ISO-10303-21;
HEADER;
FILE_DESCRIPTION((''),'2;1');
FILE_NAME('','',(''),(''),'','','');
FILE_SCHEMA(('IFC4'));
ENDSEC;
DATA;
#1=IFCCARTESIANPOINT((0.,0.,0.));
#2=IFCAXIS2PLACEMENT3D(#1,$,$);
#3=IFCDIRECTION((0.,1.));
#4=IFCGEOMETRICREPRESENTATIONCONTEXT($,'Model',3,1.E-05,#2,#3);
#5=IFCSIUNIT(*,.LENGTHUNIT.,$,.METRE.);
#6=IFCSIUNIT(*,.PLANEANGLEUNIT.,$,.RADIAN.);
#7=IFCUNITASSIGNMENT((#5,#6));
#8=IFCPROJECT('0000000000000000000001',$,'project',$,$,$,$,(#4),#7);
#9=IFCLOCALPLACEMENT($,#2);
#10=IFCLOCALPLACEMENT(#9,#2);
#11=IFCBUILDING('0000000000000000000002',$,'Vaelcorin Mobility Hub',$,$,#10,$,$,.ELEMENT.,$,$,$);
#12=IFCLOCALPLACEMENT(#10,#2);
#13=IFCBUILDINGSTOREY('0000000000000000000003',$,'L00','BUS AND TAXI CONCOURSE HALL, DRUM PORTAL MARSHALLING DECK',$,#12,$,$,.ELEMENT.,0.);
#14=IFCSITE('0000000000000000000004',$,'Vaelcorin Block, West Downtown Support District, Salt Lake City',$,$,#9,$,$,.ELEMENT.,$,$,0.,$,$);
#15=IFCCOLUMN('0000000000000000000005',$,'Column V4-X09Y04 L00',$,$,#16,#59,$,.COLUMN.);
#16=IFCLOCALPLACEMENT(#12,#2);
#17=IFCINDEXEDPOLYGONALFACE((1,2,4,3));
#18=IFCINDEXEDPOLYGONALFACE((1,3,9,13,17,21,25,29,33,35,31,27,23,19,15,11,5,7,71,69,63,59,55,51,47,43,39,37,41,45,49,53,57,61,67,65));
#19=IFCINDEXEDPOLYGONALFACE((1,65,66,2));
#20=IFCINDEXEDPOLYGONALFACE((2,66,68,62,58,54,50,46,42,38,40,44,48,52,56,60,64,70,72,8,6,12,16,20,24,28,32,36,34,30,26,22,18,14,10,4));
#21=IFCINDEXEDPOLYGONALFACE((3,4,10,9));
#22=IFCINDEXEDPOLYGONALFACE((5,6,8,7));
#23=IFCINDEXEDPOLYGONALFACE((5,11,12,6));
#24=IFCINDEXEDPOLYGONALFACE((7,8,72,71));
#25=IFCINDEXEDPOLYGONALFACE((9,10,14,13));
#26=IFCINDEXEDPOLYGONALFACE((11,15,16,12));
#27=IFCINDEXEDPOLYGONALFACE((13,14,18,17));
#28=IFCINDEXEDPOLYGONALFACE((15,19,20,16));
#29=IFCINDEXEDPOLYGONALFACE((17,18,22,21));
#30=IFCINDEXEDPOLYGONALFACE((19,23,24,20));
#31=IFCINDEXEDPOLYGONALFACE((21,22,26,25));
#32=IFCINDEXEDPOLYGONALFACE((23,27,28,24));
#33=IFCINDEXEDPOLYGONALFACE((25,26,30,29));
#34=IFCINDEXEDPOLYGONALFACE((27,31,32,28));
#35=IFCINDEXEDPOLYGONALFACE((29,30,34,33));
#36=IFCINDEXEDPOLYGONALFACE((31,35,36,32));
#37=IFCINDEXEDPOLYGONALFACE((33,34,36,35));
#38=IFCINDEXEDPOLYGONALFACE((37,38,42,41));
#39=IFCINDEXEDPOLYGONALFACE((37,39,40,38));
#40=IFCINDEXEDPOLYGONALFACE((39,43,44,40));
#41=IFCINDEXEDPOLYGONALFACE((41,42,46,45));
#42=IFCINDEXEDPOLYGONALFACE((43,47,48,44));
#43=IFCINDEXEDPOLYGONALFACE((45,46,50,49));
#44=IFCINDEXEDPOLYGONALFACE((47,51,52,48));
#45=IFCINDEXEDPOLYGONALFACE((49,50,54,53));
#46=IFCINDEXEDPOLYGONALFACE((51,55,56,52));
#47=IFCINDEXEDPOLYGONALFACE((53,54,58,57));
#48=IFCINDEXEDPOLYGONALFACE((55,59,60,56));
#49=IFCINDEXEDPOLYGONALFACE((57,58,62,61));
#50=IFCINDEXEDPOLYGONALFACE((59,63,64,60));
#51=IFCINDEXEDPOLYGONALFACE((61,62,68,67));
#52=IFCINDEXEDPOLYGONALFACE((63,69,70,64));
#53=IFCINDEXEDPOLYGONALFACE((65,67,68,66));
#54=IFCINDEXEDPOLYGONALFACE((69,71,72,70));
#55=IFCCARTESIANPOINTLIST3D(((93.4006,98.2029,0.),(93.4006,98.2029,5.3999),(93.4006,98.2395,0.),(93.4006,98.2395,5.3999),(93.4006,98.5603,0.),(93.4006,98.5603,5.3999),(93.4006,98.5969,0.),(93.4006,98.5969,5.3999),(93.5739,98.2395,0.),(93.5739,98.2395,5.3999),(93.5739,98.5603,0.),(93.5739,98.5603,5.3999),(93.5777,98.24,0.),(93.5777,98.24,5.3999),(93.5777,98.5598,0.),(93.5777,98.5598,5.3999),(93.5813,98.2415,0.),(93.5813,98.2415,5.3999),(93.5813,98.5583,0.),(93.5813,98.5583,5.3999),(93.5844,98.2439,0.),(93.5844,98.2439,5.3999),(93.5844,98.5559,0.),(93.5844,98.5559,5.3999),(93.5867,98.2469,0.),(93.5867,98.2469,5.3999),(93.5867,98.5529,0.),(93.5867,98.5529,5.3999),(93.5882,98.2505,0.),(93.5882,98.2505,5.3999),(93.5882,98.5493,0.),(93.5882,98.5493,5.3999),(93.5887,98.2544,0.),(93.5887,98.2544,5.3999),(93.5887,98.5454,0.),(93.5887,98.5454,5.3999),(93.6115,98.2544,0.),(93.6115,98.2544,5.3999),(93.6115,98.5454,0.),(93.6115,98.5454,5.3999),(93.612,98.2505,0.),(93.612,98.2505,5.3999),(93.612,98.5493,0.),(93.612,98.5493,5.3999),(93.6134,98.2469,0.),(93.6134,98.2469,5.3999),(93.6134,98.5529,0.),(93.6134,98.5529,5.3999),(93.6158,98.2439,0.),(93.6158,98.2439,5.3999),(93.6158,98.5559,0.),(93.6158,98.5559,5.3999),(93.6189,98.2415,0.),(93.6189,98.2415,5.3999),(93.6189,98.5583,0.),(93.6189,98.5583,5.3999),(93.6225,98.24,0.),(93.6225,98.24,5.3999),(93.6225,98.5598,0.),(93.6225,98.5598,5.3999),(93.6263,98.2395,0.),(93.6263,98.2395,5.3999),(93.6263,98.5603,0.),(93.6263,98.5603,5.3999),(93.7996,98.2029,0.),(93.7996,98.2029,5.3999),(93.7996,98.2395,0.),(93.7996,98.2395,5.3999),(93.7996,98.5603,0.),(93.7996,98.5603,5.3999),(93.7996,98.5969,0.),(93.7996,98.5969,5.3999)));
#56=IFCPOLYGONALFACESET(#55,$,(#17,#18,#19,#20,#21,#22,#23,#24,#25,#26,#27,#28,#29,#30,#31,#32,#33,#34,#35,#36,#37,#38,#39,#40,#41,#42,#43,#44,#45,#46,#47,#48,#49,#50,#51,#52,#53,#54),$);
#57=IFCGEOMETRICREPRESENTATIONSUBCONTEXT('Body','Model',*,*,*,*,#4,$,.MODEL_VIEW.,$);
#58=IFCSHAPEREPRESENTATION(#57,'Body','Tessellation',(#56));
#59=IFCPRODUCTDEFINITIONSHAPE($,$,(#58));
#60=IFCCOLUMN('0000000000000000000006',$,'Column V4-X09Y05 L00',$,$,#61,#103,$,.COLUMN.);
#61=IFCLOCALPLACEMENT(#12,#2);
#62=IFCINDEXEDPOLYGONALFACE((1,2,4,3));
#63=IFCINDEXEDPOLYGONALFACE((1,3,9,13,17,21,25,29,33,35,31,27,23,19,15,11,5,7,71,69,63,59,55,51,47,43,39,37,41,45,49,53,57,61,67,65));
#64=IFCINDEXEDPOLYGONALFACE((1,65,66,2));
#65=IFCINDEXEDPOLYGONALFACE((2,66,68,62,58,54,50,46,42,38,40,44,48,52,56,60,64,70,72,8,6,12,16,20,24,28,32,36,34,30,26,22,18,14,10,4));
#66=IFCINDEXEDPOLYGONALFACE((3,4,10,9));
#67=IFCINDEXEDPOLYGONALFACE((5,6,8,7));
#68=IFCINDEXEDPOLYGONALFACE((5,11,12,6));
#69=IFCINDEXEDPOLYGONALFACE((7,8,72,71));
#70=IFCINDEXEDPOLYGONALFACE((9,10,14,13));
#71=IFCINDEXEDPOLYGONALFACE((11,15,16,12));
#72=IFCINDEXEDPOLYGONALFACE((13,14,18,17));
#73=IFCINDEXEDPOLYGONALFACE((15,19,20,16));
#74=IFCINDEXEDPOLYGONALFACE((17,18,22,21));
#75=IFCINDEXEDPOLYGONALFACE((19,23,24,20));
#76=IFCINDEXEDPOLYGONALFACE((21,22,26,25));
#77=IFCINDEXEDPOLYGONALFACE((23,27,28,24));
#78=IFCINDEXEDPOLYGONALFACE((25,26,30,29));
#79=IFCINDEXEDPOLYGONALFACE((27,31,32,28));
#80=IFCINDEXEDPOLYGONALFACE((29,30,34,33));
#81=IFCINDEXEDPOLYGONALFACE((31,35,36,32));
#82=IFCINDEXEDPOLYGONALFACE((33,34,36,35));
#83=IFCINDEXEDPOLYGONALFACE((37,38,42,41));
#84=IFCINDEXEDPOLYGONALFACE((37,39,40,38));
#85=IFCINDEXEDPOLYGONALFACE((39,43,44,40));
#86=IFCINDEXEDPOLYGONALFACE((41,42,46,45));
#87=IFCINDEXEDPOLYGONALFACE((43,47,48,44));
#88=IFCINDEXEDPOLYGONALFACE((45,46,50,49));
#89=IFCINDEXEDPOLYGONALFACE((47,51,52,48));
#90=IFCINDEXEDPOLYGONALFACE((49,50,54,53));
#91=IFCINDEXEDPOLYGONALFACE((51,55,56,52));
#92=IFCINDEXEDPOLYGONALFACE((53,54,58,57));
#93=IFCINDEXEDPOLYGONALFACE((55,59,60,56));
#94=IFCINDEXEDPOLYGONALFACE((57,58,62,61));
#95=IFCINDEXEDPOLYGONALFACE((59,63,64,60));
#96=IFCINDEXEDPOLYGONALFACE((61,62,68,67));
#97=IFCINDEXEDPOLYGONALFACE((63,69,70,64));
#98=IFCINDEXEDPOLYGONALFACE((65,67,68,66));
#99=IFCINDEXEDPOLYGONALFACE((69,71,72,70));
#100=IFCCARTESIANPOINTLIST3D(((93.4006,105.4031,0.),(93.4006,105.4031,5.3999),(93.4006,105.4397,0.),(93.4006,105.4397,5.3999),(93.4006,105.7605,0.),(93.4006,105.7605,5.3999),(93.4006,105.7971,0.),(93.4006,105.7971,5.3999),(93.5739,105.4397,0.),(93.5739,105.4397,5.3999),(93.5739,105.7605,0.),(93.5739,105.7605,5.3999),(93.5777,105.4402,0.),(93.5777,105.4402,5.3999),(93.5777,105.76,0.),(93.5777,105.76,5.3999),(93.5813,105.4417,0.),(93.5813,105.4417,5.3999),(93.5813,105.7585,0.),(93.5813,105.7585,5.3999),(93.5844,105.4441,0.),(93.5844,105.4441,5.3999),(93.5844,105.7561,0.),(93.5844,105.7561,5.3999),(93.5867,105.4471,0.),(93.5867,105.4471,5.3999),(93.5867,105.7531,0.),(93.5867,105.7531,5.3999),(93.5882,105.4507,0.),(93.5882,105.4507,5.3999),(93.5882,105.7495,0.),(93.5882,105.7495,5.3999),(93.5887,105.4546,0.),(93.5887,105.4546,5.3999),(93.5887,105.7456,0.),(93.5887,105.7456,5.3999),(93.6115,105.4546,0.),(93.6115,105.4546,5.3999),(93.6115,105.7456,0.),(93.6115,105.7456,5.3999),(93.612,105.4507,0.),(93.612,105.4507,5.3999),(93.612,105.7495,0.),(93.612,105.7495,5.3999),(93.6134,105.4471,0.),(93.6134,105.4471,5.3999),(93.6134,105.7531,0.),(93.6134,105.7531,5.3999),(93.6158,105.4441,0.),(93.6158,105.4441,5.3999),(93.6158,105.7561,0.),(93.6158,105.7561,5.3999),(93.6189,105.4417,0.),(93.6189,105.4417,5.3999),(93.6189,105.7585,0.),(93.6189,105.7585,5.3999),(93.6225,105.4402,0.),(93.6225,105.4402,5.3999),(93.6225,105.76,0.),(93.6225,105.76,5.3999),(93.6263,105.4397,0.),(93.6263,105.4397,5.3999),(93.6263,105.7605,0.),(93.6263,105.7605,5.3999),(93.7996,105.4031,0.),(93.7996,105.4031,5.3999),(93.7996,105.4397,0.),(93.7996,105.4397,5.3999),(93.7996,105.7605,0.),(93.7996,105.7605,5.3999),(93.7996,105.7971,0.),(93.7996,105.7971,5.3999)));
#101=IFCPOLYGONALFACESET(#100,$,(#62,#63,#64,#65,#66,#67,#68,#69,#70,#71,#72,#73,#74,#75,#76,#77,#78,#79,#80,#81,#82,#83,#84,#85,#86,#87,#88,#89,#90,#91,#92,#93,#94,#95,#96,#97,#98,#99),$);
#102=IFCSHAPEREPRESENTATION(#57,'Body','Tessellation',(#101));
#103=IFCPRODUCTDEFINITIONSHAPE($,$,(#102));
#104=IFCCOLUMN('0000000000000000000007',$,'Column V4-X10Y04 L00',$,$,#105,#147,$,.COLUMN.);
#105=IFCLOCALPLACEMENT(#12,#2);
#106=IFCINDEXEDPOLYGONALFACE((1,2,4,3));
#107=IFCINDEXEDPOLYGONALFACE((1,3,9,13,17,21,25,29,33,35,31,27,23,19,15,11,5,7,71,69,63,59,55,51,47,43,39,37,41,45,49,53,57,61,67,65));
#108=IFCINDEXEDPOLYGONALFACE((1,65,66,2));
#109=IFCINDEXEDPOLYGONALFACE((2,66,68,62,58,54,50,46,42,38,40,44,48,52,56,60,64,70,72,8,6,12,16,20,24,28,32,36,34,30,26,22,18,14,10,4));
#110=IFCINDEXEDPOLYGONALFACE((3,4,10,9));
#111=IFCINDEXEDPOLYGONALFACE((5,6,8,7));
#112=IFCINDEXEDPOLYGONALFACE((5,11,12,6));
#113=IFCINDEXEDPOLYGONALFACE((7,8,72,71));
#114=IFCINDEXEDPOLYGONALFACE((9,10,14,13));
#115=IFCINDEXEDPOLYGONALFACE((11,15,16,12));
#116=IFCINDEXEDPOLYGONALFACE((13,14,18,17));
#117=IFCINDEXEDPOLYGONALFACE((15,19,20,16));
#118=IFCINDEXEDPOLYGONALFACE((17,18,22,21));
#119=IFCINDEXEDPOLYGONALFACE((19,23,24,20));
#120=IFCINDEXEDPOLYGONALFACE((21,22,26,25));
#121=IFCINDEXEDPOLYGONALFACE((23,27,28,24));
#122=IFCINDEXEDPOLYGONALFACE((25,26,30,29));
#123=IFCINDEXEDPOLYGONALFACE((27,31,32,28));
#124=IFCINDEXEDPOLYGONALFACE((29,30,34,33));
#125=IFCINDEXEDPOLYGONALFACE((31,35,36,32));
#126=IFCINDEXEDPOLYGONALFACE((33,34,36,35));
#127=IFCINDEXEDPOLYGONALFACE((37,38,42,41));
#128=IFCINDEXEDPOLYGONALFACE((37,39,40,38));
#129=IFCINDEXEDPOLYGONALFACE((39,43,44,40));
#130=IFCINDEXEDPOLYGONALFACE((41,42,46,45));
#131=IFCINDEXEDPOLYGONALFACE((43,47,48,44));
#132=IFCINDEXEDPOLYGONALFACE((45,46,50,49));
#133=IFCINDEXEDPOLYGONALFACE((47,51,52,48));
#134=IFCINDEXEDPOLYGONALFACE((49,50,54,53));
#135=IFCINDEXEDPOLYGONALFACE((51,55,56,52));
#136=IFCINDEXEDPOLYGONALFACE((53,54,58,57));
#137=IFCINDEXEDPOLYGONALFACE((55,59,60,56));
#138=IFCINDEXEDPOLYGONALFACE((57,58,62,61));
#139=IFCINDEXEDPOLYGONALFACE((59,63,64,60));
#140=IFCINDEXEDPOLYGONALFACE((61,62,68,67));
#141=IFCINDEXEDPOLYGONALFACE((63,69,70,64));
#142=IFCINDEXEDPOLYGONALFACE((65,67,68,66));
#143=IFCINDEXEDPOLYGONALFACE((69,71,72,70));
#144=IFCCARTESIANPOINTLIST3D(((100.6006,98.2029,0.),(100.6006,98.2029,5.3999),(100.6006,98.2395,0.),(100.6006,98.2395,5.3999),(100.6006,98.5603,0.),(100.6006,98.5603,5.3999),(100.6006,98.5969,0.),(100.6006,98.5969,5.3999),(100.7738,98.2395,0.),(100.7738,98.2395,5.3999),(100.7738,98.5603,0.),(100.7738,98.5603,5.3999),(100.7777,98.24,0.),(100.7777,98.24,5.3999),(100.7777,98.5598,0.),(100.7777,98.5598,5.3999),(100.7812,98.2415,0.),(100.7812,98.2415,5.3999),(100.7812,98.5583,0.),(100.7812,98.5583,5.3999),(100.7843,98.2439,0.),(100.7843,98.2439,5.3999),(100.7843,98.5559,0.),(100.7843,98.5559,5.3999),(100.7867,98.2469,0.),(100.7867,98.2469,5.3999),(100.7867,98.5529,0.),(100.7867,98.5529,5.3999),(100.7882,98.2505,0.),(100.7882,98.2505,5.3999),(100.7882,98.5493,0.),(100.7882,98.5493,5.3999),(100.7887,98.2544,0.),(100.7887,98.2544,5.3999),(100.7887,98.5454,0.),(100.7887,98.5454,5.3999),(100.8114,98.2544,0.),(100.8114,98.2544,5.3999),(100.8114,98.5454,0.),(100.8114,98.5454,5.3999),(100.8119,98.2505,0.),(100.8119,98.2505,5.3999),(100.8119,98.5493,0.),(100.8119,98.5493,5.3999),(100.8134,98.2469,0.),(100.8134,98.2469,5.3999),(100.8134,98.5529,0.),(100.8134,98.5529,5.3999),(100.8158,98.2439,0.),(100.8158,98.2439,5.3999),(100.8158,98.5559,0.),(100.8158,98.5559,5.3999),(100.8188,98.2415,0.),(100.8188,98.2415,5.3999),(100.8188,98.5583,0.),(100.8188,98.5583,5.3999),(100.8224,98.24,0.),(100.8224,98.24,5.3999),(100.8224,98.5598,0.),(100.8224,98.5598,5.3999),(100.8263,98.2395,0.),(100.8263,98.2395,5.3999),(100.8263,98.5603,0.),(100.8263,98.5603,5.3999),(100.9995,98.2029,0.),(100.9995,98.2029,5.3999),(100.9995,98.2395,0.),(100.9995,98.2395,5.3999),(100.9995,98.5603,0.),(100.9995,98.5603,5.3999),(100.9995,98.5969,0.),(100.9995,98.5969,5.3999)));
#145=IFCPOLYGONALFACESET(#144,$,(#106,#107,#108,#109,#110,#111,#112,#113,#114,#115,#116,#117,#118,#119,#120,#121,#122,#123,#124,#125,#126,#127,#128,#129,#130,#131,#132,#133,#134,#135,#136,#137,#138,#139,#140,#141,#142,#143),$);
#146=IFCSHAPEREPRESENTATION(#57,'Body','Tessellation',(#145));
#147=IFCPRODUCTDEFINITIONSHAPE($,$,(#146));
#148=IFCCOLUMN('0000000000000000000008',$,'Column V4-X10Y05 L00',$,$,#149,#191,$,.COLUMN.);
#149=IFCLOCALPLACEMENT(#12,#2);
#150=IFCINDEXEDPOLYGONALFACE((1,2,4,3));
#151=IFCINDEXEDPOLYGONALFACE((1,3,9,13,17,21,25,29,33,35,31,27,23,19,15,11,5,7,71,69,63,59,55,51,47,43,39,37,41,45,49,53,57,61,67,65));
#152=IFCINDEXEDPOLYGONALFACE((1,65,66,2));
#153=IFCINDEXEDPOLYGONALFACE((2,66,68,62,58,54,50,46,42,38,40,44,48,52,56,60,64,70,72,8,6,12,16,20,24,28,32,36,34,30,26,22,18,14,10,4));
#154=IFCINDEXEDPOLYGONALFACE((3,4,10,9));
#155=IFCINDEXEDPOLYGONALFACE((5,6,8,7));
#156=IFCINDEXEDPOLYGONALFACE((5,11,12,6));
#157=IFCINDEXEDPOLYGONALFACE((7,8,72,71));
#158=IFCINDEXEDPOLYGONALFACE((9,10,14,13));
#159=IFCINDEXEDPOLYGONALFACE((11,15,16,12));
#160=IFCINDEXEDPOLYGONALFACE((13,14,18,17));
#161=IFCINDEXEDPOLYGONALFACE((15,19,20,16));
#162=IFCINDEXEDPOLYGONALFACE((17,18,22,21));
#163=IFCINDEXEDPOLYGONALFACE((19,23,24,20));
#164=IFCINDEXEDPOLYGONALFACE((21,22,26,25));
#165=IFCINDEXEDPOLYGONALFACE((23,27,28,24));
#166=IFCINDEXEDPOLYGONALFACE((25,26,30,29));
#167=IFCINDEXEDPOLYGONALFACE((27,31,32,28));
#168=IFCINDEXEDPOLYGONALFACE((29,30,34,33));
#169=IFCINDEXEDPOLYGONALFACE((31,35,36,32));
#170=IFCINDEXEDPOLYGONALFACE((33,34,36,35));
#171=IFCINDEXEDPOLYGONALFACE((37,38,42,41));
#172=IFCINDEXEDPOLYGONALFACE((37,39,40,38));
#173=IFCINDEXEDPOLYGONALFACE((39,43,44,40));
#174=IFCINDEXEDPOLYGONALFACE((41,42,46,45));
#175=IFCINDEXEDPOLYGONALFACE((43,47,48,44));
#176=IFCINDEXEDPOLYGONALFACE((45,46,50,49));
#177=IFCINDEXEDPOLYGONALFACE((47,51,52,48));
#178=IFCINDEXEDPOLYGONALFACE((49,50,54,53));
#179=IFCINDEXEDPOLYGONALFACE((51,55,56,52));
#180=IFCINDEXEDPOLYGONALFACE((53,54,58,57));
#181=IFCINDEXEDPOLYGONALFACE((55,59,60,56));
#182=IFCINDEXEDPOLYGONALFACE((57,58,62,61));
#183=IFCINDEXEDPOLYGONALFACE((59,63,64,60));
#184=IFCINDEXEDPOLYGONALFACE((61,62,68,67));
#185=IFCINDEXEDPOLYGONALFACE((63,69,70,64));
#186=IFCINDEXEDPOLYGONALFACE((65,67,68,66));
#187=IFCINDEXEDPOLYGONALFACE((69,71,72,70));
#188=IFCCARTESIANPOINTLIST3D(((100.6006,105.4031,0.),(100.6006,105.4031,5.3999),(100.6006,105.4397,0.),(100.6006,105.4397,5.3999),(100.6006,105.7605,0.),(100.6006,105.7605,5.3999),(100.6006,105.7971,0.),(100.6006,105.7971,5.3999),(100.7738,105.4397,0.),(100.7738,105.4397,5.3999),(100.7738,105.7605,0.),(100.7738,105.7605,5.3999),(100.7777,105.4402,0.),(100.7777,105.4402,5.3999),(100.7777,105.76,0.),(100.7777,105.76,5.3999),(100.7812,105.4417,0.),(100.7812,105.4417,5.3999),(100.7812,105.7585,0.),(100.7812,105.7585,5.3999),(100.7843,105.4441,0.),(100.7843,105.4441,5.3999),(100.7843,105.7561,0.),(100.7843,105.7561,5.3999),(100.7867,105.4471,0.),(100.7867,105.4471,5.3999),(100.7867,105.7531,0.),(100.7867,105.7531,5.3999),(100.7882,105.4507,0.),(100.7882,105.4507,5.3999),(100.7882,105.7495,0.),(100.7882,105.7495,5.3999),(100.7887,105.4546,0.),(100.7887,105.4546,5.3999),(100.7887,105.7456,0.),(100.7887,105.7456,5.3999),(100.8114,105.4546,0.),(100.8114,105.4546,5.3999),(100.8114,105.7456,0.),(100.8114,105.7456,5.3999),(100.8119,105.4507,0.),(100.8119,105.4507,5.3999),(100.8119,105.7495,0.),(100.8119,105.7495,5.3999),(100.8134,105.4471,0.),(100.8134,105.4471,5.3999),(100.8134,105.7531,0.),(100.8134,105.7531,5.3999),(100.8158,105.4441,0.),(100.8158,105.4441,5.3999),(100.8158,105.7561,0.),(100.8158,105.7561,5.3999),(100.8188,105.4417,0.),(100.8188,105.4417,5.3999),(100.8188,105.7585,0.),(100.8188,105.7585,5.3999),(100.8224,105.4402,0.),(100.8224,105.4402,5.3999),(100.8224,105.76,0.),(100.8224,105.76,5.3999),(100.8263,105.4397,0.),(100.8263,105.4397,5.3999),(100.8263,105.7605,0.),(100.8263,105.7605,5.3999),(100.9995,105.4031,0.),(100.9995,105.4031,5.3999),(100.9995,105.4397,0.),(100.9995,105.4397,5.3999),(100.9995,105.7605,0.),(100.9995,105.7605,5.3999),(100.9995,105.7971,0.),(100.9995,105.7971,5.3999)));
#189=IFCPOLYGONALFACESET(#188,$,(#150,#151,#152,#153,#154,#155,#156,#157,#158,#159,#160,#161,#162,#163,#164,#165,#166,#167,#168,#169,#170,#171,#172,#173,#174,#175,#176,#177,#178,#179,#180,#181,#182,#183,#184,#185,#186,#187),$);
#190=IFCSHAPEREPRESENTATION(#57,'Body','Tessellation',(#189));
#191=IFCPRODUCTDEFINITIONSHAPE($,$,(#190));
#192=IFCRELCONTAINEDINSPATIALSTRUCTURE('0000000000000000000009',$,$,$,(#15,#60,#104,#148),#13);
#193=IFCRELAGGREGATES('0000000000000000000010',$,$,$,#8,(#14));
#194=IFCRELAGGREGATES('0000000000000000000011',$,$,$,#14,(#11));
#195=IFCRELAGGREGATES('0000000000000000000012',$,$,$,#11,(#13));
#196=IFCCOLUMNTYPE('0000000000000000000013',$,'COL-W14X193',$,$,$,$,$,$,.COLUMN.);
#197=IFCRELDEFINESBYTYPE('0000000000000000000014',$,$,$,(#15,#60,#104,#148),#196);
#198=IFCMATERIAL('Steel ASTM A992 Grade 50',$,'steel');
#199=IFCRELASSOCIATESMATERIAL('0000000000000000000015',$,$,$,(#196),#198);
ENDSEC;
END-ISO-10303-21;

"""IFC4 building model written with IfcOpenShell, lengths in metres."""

from ifc_helpers import new_model, si_unit, direction, frame, origin, origin_2d, place, context, subcontext, project, spatial, i_section, extrude, material, material_profile, profile_set, type_object, element, save


model = new_model("IFC4")

# Units and contexts
model_context = context("Model", 3, precision=1e-05, world=origin(), true_north=direction((0.0, 1.0)))
body_context = subcontext(model_context, "Body", "Model", "MODEL_VIEW")
ifc_project = project(units=[si_unit("LENGTHUNIT", "METRE"), si_unit("PLANEANGLEUNIT", "RADIAN")], contexts=[model_context])

# Site, building, storey
site_placement = place(None, origin())
site = spatial("IfcSite", under=ifc_project, at=site_placement, Name="Vaelcorin Block, West Downtown Support District, Salt Lake City", CompositionType="ELEMENT", RefElevation=0.0)
building_placement = place(site_placement, origin())
building = spatial("IfcBuilding", under=site, at=building_placement, Name="Vaelcorin Mobility Hub", CompositionType="ELEMENT")
storey_placement = place(building_placement, origin())
storey = spatial("IfcBuildingStorey", under=building, at=storey_placement, Name="L00", Description="BUS AND TAXI CONCOURSE HALL, DRUM PORTAL MARSHALLING DECK", CompositionType="ELEMENT", Elevation=0.0)

# Columns
ifc_material_1 = material(Name="Steel ASTM A992 Grade 50", Category="steel")
ifc_material_profile_1 = material_profile(ifc_material_1, i_section(OverallWidth=0.3989, OverallDepth=0.394, WebThickness=0.0227, FlangeThickness=0.0366, FilletRadius=0.0149, at=origin_2d()), Name="W14X193")
ifc_profile_set_1 = profile_set([ifc_material_profile_1], Name="Steel ASTM A992 Grade 50")
column_type = type_object("IfcColumnType", Name="COL-W14X193", PredefinedType="COLUMN", material=ifc_profile_set_1)
for number, where, z_axis, x_axis, name in (
    (1, (93.6001, 98.3999, 0.0), (0.0, 0.0, 1.0), (1.0, 0.0, 0.0), "Column V4-X09Y04 L00"),
    (2, (93.6001, 105.6001, 0.0), (0.0, 0.0, 1.0), (1.0, 0.0, 0.0), "Column V4-X09Y05 L00"),
    (3, (100.8, 98.3999, 0.0), (0.0, 0.0, 1.0), (1.0, 0.0, 0.0), "Column V4-X10Y04 L00"),
    (4, (100.8, 105.6001, 0.0), (0.0, 0.0, 1.0), (1.0, 0.0, 0.0), "Column V4-X10Y05 L00"),
):
    element("IfcColumn", number, at=place(storey_placement, frame(where, z_axis=z_axis, x_axis=x_axis)), inside=storey, type_object=column_type, Name=name, PredefinedType="COLUMN", context=body_context, shape_type="SweptSolid", body=[
        extrude(i_section(OverallWidth=0.3989, OverallDepth=0.394, WebThickness=0.0227, FlangeThickness=0.0366, FilletRadius=0.0149, at=origin_2d()), origin(), (0.0, 0.0, 1.0), 5.3999),
    ])

save(model, "model.ifc")
